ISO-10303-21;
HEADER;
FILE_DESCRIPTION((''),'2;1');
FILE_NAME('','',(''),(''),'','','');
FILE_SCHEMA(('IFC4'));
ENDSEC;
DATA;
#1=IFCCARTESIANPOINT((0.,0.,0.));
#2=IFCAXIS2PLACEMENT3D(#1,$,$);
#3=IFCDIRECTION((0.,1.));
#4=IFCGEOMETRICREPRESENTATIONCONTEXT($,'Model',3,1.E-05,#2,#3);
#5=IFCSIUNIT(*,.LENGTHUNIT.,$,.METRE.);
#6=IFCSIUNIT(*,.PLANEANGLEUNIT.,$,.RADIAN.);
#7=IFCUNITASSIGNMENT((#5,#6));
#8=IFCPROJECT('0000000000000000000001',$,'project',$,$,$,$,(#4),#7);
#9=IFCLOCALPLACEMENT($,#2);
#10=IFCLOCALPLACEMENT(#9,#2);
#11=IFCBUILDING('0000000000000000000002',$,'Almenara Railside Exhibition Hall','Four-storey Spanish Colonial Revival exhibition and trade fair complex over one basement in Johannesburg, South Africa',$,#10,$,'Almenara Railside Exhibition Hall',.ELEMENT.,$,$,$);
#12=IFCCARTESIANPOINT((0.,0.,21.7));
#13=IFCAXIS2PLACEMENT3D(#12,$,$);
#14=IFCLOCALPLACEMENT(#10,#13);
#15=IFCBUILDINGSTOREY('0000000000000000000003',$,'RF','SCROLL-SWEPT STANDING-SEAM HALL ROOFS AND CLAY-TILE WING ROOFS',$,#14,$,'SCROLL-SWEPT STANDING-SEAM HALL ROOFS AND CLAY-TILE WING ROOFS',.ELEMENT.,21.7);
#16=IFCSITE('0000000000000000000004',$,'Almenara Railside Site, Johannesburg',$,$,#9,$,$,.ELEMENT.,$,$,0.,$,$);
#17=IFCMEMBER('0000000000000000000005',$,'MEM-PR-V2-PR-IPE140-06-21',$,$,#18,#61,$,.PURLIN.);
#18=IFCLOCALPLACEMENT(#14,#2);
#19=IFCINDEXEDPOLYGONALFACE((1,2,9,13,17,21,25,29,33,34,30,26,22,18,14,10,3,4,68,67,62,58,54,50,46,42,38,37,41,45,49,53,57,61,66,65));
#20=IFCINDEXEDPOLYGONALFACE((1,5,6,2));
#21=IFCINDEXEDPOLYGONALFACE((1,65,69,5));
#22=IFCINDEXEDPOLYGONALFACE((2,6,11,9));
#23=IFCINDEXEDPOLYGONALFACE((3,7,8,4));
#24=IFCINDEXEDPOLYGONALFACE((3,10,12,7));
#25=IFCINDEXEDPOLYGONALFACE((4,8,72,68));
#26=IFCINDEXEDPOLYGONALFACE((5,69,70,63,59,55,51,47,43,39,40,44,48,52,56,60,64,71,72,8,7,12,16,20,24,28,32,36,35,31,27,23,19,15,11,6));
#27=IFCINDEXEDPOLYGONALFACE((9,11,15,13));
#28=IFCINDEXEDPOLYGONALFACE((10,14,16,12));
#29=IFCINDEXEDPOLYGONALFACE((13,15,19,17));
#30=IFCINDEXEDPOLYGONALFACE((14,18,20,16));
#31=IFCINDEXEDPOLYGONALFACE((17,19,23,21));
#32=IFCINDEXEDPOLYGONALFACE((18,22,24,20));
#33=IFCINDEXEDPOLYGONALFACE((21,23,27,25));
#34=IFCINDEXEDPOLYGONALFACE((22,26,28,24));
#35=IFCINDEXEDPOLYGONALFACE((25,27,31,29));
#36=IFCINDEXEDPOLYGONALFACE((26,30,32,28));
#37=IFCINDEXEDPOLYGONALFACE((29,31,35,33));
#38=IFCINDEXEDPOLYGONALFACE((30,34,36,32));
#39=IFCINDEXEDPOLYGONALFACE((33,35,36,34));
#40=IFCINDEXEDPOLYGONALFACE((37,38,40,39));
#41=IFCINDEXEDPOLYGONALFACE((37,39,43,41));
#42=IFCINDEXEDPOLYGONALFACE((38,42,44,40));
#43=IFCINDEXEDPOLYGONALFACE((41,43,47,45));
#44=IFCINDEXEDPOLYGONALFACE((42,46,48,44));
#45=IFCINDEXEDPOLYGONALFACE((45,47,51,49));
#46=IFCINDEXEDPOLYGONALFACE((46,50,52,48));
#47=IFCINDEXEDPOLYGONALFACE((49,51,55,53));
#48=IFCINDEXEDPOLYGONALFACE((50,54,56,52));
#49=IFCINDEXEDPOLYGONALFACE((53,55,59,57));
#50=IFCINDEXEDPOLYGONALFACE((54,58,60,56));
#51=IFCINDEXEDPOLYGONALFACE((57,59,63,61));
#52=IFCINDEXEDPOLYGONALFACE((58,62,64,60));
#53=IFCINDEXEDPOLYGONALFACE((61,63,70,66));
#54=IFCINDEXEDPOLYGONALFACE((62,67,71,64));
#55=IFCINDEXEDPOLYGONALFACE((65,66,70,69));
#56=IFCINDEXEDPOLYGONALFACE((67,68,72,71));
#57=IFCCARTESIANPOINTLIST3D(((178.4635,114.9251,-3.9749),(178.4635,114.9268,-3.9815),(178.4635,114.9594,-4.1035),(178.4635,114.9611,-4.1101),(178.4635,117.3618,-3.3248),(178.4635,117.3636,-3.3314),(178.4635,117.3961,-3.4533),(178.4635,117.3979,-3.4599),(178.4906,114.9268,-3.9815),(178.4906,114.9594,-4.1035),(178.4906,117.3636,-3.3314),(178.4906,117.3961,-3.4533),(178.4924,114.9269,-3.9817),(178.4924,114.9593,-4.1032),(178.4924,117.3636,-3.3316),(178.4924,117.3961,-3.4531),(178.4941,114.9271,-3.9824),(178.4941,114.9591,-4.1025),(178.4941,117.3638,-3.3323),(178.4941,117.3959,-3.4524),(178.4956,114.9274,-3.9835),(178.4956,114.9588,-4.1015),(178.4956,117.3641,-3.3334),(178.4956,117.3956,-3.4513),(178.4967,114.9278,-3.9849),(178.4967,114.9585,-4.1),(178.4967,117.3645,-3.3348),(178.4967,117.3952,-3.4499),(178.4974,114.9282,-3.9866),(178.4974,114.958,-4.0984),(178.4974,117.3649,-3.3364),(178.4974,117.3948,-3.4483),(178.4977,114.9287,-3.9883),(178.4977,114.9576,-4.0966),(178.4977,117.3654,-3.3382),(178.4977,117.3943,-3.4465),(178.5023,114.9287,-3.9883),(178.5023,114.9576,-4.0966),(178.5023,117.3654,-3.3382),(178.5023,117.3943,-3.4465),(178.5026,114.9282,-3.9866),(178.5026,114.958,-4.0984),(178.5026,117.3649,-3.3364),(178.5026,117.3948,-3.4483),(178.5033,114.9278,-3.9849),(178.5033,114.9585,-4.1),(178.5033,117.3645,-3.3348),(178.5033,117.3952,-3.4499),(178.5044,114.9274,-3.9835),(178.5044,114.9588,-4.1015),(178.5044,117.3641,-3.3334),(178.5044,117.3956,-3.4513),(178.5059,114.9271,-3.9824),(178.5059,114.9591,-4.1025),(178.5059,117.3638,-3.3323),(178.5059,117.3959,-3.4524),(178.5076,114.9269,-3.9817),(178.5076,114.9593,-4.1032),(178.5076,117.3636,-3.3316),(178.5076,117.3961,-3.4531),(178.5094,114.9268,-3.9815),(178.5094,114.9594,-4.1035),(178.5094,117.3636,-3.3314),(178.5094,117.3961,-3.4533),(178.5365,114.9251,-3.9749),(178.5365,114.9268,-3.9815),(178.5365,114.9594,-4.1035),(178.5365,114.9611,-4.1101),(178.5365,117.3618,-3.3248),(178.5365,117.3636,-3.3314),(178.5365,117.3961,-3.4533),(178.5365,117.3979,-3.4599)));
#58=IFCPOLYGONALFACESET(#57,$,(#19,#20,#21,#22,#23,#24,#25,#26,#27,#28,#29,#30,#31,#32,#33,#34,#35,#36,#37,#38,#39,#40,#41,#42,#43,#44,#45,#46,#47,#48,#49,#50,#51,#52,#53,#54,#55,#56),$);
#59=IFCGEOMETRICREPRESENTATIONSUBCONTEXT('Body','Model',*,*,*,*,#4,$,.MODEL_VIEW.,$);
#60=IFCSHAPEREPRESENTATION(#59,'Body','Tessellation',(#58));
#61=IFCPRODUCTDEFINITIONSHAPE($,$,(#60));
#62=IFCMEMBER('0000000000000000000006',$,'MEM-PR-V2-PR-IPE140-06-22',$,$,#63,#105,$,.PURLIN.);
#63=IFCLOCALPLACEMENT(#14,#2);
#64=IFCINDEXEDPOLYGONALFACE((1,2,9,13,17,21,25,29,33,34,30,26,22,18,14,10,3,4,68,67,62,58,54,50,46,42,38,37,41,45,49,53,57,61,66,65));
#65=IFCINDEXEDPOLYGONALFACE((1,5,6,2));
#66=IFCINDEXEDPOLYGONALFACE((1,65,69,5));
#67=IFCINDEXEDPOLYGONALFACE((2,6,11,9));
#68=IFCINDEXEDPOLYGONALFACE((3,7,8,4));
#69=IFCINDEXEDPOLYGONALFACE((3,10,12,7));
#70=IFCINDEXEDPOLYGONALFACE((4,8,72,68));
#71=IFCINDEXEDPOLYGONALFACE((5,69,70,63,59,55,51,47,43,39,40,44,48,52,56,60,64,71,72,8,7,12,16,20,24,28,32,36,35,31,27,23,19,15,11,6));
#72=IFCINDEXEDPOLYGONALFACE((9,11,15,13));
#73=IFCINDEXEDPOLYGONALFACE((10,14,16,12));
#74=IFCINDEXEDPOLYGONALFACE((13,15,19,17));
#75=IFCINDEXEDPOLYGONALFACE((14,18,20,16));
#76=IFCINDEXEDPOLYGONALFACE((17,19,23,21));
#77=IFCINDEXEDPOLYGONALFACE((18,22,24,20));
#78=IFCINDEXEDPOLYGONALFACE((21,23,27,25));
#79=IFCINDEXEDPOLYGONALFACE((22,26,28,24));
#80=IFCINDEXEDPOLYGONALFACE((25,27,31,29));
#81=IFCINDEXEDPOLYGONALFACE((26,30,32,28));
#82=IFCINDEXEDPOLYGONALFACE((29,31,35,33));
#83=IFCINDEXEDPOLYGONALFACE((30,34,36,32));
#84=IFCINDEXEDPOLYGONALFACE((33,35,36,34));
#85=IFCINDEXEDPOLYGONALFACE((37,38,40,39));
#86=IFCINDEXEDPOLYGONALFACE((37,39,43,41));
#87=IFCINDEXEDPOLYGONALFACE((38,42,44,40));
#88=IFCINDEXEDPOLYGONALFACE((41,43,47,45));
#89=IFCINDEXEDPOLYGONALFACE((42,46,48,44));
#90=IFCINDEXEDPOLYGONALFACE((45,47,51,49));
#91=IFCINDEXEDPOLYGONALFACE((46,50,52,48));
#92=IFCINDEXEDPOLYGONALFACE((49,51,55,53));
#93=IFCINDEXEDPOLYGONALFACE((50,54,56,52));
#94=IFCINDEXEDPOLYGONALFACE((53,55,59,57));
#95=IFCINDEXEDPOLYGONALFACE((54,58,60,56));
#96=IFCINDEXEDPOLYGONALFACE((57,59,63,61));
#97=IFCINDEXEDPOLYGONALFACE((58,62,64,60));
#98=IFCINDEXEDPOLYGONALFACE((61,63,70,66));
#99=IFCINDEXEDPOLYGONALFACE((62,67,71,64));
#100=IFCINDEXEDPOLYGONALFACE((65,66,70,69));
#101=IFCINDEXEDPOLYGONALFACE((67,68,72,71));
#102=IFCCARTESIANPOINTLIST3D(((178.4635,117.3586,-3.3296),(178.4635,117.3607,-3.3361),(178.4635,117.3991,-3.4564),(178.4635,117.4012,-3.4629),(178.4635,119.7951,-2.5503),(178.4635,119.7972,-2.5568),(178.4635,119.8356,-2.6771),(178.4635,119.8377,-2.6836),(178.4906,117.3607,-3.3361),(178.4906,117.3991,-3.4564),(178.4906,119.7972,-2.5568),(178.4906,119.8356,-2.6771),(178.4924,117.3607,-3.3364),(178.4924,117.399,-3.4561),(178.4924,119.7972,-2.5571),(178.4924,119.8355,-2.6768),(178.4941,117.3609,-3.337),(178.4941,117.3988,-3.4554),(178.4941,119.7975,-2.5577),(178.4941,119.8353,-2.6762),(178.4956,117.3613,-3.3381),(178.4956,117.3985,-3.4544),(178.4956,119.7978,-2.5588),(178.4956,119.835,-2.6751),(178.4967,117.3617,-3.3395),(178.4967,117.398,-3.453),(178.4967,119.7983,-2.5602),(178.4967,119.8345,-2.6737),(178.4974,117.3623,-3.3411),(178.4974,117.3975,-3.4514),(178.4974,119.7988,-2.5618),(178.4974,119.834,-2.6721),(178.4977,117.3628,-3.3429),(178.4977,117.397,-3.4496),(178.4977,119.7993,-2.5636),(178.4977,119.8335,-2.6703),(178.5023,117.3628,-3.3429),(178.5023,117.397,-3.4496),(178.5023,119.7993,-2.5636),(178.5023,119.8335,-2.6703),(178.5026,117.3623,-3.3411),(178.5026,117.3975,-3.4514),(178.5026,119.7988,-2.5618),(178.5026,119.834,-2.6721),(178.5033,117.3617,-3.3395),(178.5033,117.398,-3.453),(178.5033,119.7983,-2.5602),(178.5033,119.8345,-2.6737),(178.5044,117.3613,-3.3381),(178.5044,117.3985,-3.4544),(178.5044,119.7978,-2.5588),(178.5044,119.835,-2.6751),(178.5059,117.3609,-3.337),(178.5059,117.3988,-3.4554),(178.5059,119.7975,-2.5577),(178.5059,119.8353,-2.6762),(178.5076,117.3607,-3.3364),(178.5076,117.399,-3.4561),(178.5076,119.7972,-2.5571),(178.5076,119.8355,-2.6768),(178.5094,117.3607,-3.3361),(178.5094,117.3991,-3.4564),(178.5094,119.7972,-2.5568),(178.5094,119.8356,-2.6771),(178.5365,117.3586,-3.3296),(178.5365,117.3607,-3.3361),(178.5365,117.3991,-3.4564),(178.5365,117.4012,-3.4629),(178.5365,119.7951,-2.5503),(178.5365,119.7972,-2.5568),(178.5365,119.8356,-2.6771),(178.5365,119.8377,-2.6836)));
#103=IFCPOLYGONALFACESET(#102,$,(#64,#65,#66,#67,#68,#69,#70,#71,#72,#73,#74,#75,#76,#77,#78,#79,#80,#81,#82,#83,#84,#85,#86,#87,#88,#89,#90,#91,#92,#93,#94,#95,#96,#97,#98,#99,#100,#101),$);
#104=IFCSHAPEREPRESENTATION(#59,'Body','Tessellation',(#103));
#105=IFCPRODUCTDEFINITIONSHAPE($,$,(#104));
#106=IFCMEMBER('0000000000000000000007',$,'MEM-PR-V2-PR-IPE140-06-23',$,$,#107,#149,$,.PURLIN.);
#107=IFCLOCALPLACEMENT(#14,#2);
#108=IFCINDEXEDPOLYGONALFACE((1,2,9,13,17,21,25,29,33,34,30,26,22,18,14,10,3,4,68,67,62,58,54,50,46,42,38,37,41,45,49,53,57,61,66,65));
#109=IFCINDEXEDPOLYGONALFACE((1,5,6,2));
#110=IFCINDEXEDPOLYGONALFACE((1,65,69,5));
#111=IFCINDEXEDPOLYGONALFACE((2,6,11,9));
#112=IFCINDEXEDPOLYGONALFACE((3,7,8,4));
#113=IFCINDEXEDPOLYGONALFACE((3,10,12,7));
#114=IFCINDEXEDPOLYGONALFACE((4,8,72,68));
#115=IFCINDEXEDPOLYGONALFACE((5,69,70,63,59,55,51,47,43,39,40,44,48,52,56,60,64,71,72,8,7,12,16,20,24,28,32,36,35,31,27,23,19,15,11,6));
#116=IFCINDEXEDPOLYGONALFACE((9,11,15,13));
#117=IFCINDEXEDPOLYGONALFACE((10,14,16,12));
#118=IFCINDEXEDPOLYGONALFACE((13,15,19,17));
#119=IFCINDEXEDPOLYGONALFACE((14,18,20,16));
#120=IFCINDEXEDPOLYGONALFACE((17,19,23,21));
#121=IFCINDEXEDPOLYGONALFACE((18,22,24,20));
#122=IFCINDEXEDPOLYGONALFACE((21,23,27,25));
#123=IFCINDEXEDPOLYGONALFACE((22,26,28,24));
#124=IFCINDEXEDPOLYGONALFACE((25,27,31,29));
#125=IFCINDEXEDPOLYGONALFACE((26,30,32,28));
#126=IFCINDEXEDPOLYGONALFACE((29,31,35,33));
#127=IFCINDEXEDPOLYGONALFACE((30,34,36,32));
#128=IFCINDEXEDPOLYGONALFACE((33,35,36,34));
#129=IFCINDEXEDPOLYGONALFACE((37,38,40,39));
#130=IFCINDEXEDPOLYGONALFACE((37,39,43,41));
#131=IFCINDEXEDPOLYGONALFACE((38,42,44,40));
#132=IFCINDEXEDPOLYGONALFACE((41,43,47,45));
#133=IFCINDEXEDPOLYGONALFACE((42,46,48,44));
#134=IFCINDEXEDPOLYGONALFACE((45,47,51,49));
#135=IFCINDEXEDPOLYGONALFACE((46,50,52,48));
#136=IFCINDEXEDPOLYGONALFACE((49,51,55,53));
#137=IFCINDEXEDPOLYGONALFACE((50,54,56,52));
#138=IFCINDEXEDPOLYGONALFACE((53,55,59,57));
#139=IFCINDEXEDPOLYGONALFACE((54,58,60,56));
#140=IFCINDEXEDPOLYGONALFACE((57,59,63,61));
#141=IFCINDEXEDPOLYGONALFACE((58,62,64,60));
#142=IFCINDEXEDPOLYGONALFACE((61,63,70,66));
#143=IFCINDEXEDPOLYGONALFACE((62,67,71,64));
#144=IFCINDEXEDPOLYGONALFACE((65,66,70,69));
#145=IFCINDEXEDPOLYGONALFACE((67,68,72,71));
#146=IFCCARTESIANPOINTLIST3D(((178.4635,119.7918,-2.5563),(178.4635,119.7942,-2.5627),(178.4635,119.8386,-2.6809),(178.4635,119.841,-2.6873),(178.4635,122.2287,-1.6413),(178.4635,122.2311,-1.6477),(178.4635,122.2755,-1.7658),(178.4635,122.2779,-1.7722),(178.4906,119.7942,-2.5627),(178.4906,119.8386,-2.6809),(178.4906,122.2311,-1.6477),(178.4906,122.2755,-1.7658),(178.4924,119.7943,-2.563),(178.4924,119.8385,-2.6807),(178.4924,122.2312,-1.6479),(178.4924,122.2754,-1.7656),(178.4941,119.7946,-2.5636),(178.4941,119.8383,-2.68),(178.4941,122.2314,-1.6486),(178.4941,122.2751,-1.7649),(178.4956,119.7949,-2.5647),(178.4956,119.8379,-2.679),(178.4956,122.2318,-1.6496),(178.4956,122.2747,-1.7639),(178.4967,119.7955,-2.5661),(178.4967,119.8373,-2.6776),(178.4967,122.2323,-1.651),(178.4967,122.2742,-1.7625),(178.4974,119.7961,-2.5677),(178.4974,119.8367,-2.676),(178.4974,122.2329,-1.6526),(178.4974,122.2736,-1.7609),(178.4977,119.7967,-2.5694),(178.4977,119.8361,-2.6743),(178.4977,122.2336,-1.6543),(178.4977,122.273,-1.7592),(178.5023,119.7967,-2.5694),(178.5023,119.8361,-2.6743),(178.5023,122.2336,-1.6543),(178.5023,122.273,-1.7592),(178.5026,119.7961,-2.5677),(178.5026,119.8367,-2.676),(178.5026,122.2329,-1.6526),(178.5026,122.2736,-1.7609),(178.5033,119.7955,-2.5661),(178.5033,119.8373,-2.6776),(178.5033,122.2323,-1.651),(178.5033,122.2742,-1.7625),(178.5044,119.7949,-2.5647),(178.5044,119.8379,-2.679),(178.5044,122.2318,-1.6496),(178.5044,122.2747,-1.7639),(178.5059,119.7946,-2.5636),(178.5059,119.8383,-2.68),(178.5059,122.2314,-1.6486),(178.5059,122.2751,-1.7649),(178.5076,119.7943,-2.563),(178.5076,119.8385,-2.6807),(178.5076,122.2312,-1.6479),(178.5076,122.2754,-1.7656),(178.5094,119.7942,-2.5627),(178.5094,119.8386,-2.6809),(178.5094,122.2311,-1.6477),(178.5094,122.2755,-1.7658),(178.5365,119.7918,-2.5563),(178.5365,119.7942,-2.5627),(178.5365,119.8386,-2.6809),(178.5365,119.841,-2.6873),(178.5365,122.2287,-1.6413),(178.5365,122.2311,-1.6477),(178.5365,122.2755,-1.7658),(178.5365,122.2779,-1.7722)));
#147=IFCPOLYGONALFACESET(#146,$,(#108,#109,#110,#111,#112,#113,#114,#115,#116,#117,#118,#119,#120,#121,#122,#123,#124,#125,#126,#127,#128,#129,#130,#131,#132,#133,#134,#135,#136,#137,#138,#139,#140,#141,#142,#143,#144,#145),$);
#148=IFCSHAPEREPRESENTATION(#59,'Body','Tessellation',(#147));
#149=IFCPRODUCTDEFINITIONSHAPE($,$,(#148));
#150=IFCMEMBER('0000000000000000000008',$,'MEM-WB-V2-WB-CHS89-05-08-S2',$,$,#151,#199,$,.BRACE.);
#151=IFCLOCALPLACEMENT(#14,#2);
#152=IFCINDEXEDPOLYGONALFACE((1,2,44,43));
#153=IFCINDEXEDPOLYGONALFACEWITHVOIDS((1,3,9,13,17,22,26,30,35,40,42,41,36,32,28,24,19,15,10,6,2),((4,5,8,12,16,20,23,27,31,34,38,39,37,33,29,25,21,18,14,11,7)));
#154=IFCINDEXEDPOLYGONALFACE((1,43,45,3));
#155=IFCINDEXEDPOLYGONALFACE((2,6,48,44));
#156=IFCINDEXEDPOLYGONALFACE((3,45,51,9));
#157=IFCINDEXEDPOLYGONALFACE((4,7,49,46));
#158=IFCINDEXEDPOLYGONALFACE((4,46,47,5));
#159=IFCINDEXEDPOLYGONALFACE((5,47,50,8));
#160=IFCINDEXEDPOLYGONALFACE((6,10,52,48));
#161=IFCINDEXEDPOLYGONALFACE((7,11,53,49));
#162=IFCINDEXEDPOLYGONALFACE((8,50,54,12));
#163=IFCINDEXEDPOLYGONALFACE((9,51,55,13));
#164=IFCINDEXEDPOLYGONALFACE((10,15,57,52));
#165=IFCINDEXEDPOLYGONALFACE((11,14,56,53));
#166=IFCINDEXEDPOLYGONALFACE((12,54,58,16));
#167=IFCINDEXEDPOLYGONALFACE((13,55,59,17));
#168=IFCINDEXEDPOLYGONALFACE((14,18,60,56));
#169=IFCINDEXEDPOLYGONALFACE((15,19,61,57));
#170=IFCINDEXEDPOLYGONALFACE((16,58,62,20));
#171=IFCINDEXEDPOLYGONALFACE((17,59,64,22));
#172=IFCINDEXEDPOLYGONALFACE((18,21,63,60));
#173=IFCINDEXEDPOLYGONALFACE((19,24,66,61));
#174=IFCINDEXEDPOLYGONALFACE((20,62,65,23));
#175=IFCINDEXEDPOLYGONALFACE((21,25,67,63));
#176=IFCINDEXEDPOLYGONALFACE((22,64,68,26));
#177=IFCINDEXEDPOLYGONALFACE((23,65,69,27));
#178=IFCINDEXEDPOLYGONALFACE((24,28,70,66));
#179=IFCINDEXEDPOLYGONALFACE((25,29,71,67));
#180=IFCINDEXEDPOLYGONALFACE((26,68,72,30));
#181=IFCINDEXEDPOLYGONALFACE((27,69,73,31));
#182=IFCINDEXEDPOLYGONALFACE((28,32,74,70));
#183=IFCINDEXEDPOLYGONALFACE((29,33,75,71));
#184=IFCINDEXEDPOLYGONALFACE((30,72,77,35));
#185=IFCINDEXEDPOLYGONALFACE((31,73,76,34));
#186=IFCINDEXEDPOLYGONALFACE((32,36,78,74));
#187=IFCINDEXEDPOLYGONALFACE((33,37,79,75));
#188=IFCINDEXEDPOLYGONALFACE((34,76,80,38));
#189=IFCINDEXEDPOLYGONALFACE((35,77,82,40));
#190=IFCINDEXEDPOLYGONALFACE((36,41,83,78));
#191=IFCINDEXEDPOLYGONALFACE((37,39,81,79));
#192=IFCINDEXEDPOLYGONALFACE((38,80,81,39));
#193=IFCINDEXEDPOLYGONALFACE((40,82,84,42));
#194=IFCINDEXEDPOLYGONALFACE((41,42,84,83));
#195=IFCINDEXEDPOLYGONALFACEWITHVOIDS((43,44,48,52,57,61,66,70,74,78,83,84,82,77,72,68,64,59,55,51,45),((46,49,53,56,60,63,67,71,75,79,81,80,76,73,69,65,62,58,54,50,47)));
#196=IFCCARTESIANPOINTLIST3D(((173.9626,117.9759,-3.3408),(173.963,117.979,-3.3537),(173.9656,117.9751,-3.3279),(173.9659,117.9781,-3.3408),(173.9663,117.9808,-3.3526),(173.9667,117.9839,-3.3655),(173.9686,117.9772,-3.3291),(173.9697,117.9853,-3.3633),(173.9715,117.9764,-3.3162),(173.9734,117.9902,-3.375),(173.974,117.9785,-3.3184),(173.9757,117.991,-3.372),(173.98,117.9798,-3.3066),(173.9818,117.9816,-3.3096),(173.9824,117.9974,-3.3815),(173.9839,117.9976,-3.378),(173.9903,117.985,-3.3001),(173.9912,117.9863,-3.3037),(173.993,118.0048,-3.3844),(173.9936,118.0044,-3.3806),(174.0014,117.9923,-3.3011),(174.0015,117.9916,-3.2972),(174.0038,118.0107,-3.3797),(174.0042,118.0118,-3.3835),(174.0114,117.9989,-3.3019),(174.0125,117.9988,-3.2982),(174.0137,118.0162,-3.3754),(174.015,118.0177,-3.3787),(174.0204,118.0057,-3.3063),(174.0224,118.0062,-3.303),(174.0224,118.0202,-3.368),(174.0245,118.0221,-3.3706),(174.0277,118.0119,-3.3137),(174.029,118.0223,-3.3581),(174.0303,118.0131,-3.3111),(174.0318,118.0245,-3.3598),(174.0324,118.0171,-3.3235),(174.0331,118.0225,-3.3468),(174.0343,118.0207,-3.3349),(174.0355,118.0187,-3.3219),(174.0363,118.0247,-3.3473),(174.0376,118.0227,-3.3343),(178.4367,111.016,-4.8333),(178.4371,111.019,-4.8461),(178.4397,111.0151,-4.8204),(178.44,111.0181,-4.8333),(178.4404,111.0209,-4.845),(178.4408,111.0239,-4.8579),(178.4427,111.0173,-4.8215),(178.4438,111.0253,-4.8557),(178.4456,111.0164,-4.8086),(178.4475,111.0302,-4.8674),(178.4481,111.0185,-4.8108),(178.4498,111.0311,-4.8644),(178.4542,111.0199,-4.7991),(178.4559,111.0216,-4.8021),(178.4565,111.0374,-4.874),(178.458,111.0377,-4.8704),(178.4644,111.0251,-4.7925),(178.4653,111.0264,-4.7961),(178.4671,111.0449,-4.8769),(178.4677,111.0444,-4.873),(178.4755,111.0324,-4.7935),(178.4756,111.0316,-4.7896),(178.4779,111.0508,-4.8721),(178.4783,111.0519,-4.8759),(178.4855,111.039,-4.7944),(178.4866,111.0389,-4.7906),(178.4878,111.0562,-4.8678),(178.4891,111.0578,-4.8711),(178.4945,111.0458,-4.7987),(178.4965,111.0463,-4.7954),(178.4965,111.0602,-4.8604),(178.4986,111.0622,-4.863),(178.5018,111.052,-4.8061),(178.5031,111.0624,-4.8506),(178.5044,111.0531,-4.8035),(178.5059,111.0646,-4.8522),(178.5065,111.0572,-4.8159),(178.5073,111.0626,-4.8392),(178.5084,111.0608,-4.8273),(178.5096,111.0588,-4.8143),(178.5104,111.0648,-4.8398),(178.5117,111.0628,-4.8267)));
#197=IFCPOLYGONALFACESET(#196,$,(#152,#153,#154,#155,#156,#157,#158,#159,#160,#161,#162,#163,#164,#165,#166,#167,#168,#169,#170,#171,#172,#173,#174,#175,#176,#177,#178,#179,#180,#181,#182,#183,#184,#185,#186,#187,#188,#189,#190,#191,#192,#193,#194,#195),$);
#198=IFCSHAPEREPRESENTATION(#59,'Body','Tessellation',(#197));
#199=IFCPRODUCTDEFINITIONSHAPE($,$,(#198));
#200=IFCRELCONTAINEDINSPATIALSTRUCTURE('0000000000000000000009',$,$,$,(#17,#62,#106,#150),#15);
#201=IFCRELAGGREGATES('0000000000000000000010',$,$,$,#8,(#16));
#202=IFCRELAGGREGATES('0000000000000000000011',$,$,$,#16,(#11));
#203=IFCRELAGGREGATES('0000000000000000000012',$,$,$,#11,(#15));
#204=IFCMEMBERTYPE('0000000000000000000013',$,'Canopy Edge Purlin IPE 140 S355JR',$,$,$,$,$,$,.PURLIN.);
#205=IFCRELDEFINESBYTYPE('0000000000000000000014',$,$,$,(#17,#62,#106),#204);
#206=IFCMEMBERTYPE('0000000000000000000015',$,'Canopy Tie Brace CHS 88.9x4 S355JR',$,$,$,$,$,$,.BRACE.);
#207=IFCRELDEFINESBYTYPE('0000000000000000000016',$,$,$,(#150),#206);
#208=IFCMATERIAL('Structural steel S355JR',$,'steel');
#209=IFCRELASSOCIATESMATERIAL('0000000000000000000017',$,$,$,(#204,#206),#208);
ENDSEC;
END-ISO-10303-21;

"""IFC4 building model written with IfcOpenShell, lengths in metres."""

from ifc_helpers import new_model, si_unit, direction, frame, origin, origin_2d, place, context, subcontext, project, spatial, hollow_circle, i_section, extrude, material, material_profile, profile_set, type_object, element, save


model = new_model("IFC4")

# Units and contexts
model_context = context("Model", 3, precision=1e-05, world=origin(), true_north=direction((0.0, 1.0)))
body_context = subcontext(model_context, "Body", "Model", "MODEL_VIEW")
ifc_project = project(units=[si_unit("LENGTHUNIT", "METRE"), si_unit("PLANEANGLEUNIT", "RADIAN")], contexts=[model_context])

# Site, building, storey
site_placement = place(None, origin())
site = spatial("IfcSite", under=ifc_project, at=site_placement, Name="Almenara Railside Site, Johannesburg", CompositionType="ELEMENT", RefElevation=0.0)
building_placement = place(site_placement, origin())
building = spatial("IfcBuilding", under=site, at=building_placement, Name="Almenara Railside Exhibition Hall", Description="Four-storey Spanish Colonial Revival exhibition and trade fair complex over one basement in Johannesburg, South Africa", LongName="Almenara Railside Exhibition Hall", CompositionType="ELEMENT")
storey_placement = place(building_placement, frame((0.0, 0.0, 21.7)))
storey = spatial("IfcBuildingStorey", under=building, at=storey_placement, Name="RF", Description="SCROLL-SWEPT STANDING-SEAM HALL ROOFS AND CLAY-TILE WING ROOFS", LongName="SCROLL-SWEPT STANDING-SEAM HALL ROOFS AND CLAY-TILE WING ROOFS", CompositionType="ELEMENT", Elevation=21.7)

# Members
ifc_material_1 = material(Name="Structural steel S355JR", Category="steel")
ifc_material_profile_1 = material_profile(ifc_material_1, i_section(OverallWidth=0.073, OverallDepth=0.1399, WebThickness=0.0046, FlangeThickness=0.0068, FilletRadius=0.0071, at=origin_2d()), Name="IPE 140")
ifc_profile_set_1 = profile_set([ifc_material_profile_1], Name="Structural steel S355JR")
member_type_1 = type_object("IfcMemberType", Name="Canopy Edge Purlin IPE 140 S355JR", PredefinedType="PURLIN", material=ifc_profile_set_1)
member_1_placement = place(storey_placement, frame((178.5, 114.9431, -4.0425), z_axis=(0.0, 0.966201, 0.257789), x_axis=(-1.0, 0.0, 0.0)))
element("IfcMember", 1, at=member_1_placement, inside=storey, type_object=member_type_1, Name="MEM-PR-V2-PR-IPE140-06-21", PredefinedType="PURLIN", context=body_context, shape_type="SweptSolid", body=[
    extrude(i_section(OverallWidth=0.073, OverallDepth=0.1399, WebThickness=0.0046, FlangeThickness=0.0068, FilletRadius=0.0071, at=origin_2d()), origin(), (0.0, 0.0, 1.0), 2.522),
])
member_2_placement = place(storey_placement, frame((178.5, 117.3799, -3.3962), z_axis=(0.0, 0.952468, 0.304637), x_axis=(-1.0, 0.0, 0.0)))
element("IfcMember", 2, at=member_2_placement, inside=storey, type_object=member_type_1, Name="MEM-PR-V2-PR-IPE140-06-22", PredefinedType="PURLIN", context=body_context, shape_type="SweptSolid", body=[
    extrude(i_section(OverallWidth=0.073, OverallDepth=0.1399, WebThickness=0.0046, FlangeThickness=0.0068, FilletRadius=0.0071, at=origin_2d()), origin(), (0.0, 0.0, 1.0), 2.5581),
])
member_3_placement = place(storey_placement, frame((178.5, 119.8164, -2.6218), z_axis=(0.0, 0.936171, 0.351545), x_axis=(-1.0, 0.0, 0.0)))
element("IfcMember", 3, at=member_3_placement, inside=storey, type_object=member_type_1, Name="MEM-PR-V2-PR-IPE140-06-23", PredefinedType="PURLIN", context=body_context, shape_type="SweptSolid", body=[
    extrude(i_section(OverallWidth=0.073, OverallDepth=0.1399, WebThickness=0.0046, FlangeThickness=0.0068, FilletRadius=0.0071, at=origin_2d()), origin(), (0.0, 0.0, 1.0), 2.603),
])
ifc_material_profile_2 = material_profile(ifc_material_1, hollow_circle(Radius=0.0444, WallThickness=0.0039, at=origin_2d()), Name="CHS 88.9x4")
ifc_profile_set_2 = profile_set([ifc_material_profile_2], Name="Structural steel S355JR")
member_type_2 = type_object("IfcMemberType", Name="Canopy Tie Brace CHS 88.9x4 S355JR", PredefinedType="BRACE", material=ifc_profile_set_2)
member_4_placement = place(storey_placement, frame((178.4741, 111.04, -4.8333), z_axis=(-0.532158, 0.827827, 0.177512), x_axis=(-0.841186, -0.540746, 0.0)))
element("IfcMember", 4, at=member_4_placement, inside=storey, type_object=member_type_2, Name="MEM-WB-V2-WB-CHS89-05-08-S2", PredefinedType="BRACE", context=body_context, shape_type="SweptSolid", body=[
    extrude(hollow_circle(Radius=0.0444, WallThickness=0.0039, at=origin_2d()), origin(), (0.0, 0.0, 1.0), 8.4075),
])

save(model, "model.ifc")
